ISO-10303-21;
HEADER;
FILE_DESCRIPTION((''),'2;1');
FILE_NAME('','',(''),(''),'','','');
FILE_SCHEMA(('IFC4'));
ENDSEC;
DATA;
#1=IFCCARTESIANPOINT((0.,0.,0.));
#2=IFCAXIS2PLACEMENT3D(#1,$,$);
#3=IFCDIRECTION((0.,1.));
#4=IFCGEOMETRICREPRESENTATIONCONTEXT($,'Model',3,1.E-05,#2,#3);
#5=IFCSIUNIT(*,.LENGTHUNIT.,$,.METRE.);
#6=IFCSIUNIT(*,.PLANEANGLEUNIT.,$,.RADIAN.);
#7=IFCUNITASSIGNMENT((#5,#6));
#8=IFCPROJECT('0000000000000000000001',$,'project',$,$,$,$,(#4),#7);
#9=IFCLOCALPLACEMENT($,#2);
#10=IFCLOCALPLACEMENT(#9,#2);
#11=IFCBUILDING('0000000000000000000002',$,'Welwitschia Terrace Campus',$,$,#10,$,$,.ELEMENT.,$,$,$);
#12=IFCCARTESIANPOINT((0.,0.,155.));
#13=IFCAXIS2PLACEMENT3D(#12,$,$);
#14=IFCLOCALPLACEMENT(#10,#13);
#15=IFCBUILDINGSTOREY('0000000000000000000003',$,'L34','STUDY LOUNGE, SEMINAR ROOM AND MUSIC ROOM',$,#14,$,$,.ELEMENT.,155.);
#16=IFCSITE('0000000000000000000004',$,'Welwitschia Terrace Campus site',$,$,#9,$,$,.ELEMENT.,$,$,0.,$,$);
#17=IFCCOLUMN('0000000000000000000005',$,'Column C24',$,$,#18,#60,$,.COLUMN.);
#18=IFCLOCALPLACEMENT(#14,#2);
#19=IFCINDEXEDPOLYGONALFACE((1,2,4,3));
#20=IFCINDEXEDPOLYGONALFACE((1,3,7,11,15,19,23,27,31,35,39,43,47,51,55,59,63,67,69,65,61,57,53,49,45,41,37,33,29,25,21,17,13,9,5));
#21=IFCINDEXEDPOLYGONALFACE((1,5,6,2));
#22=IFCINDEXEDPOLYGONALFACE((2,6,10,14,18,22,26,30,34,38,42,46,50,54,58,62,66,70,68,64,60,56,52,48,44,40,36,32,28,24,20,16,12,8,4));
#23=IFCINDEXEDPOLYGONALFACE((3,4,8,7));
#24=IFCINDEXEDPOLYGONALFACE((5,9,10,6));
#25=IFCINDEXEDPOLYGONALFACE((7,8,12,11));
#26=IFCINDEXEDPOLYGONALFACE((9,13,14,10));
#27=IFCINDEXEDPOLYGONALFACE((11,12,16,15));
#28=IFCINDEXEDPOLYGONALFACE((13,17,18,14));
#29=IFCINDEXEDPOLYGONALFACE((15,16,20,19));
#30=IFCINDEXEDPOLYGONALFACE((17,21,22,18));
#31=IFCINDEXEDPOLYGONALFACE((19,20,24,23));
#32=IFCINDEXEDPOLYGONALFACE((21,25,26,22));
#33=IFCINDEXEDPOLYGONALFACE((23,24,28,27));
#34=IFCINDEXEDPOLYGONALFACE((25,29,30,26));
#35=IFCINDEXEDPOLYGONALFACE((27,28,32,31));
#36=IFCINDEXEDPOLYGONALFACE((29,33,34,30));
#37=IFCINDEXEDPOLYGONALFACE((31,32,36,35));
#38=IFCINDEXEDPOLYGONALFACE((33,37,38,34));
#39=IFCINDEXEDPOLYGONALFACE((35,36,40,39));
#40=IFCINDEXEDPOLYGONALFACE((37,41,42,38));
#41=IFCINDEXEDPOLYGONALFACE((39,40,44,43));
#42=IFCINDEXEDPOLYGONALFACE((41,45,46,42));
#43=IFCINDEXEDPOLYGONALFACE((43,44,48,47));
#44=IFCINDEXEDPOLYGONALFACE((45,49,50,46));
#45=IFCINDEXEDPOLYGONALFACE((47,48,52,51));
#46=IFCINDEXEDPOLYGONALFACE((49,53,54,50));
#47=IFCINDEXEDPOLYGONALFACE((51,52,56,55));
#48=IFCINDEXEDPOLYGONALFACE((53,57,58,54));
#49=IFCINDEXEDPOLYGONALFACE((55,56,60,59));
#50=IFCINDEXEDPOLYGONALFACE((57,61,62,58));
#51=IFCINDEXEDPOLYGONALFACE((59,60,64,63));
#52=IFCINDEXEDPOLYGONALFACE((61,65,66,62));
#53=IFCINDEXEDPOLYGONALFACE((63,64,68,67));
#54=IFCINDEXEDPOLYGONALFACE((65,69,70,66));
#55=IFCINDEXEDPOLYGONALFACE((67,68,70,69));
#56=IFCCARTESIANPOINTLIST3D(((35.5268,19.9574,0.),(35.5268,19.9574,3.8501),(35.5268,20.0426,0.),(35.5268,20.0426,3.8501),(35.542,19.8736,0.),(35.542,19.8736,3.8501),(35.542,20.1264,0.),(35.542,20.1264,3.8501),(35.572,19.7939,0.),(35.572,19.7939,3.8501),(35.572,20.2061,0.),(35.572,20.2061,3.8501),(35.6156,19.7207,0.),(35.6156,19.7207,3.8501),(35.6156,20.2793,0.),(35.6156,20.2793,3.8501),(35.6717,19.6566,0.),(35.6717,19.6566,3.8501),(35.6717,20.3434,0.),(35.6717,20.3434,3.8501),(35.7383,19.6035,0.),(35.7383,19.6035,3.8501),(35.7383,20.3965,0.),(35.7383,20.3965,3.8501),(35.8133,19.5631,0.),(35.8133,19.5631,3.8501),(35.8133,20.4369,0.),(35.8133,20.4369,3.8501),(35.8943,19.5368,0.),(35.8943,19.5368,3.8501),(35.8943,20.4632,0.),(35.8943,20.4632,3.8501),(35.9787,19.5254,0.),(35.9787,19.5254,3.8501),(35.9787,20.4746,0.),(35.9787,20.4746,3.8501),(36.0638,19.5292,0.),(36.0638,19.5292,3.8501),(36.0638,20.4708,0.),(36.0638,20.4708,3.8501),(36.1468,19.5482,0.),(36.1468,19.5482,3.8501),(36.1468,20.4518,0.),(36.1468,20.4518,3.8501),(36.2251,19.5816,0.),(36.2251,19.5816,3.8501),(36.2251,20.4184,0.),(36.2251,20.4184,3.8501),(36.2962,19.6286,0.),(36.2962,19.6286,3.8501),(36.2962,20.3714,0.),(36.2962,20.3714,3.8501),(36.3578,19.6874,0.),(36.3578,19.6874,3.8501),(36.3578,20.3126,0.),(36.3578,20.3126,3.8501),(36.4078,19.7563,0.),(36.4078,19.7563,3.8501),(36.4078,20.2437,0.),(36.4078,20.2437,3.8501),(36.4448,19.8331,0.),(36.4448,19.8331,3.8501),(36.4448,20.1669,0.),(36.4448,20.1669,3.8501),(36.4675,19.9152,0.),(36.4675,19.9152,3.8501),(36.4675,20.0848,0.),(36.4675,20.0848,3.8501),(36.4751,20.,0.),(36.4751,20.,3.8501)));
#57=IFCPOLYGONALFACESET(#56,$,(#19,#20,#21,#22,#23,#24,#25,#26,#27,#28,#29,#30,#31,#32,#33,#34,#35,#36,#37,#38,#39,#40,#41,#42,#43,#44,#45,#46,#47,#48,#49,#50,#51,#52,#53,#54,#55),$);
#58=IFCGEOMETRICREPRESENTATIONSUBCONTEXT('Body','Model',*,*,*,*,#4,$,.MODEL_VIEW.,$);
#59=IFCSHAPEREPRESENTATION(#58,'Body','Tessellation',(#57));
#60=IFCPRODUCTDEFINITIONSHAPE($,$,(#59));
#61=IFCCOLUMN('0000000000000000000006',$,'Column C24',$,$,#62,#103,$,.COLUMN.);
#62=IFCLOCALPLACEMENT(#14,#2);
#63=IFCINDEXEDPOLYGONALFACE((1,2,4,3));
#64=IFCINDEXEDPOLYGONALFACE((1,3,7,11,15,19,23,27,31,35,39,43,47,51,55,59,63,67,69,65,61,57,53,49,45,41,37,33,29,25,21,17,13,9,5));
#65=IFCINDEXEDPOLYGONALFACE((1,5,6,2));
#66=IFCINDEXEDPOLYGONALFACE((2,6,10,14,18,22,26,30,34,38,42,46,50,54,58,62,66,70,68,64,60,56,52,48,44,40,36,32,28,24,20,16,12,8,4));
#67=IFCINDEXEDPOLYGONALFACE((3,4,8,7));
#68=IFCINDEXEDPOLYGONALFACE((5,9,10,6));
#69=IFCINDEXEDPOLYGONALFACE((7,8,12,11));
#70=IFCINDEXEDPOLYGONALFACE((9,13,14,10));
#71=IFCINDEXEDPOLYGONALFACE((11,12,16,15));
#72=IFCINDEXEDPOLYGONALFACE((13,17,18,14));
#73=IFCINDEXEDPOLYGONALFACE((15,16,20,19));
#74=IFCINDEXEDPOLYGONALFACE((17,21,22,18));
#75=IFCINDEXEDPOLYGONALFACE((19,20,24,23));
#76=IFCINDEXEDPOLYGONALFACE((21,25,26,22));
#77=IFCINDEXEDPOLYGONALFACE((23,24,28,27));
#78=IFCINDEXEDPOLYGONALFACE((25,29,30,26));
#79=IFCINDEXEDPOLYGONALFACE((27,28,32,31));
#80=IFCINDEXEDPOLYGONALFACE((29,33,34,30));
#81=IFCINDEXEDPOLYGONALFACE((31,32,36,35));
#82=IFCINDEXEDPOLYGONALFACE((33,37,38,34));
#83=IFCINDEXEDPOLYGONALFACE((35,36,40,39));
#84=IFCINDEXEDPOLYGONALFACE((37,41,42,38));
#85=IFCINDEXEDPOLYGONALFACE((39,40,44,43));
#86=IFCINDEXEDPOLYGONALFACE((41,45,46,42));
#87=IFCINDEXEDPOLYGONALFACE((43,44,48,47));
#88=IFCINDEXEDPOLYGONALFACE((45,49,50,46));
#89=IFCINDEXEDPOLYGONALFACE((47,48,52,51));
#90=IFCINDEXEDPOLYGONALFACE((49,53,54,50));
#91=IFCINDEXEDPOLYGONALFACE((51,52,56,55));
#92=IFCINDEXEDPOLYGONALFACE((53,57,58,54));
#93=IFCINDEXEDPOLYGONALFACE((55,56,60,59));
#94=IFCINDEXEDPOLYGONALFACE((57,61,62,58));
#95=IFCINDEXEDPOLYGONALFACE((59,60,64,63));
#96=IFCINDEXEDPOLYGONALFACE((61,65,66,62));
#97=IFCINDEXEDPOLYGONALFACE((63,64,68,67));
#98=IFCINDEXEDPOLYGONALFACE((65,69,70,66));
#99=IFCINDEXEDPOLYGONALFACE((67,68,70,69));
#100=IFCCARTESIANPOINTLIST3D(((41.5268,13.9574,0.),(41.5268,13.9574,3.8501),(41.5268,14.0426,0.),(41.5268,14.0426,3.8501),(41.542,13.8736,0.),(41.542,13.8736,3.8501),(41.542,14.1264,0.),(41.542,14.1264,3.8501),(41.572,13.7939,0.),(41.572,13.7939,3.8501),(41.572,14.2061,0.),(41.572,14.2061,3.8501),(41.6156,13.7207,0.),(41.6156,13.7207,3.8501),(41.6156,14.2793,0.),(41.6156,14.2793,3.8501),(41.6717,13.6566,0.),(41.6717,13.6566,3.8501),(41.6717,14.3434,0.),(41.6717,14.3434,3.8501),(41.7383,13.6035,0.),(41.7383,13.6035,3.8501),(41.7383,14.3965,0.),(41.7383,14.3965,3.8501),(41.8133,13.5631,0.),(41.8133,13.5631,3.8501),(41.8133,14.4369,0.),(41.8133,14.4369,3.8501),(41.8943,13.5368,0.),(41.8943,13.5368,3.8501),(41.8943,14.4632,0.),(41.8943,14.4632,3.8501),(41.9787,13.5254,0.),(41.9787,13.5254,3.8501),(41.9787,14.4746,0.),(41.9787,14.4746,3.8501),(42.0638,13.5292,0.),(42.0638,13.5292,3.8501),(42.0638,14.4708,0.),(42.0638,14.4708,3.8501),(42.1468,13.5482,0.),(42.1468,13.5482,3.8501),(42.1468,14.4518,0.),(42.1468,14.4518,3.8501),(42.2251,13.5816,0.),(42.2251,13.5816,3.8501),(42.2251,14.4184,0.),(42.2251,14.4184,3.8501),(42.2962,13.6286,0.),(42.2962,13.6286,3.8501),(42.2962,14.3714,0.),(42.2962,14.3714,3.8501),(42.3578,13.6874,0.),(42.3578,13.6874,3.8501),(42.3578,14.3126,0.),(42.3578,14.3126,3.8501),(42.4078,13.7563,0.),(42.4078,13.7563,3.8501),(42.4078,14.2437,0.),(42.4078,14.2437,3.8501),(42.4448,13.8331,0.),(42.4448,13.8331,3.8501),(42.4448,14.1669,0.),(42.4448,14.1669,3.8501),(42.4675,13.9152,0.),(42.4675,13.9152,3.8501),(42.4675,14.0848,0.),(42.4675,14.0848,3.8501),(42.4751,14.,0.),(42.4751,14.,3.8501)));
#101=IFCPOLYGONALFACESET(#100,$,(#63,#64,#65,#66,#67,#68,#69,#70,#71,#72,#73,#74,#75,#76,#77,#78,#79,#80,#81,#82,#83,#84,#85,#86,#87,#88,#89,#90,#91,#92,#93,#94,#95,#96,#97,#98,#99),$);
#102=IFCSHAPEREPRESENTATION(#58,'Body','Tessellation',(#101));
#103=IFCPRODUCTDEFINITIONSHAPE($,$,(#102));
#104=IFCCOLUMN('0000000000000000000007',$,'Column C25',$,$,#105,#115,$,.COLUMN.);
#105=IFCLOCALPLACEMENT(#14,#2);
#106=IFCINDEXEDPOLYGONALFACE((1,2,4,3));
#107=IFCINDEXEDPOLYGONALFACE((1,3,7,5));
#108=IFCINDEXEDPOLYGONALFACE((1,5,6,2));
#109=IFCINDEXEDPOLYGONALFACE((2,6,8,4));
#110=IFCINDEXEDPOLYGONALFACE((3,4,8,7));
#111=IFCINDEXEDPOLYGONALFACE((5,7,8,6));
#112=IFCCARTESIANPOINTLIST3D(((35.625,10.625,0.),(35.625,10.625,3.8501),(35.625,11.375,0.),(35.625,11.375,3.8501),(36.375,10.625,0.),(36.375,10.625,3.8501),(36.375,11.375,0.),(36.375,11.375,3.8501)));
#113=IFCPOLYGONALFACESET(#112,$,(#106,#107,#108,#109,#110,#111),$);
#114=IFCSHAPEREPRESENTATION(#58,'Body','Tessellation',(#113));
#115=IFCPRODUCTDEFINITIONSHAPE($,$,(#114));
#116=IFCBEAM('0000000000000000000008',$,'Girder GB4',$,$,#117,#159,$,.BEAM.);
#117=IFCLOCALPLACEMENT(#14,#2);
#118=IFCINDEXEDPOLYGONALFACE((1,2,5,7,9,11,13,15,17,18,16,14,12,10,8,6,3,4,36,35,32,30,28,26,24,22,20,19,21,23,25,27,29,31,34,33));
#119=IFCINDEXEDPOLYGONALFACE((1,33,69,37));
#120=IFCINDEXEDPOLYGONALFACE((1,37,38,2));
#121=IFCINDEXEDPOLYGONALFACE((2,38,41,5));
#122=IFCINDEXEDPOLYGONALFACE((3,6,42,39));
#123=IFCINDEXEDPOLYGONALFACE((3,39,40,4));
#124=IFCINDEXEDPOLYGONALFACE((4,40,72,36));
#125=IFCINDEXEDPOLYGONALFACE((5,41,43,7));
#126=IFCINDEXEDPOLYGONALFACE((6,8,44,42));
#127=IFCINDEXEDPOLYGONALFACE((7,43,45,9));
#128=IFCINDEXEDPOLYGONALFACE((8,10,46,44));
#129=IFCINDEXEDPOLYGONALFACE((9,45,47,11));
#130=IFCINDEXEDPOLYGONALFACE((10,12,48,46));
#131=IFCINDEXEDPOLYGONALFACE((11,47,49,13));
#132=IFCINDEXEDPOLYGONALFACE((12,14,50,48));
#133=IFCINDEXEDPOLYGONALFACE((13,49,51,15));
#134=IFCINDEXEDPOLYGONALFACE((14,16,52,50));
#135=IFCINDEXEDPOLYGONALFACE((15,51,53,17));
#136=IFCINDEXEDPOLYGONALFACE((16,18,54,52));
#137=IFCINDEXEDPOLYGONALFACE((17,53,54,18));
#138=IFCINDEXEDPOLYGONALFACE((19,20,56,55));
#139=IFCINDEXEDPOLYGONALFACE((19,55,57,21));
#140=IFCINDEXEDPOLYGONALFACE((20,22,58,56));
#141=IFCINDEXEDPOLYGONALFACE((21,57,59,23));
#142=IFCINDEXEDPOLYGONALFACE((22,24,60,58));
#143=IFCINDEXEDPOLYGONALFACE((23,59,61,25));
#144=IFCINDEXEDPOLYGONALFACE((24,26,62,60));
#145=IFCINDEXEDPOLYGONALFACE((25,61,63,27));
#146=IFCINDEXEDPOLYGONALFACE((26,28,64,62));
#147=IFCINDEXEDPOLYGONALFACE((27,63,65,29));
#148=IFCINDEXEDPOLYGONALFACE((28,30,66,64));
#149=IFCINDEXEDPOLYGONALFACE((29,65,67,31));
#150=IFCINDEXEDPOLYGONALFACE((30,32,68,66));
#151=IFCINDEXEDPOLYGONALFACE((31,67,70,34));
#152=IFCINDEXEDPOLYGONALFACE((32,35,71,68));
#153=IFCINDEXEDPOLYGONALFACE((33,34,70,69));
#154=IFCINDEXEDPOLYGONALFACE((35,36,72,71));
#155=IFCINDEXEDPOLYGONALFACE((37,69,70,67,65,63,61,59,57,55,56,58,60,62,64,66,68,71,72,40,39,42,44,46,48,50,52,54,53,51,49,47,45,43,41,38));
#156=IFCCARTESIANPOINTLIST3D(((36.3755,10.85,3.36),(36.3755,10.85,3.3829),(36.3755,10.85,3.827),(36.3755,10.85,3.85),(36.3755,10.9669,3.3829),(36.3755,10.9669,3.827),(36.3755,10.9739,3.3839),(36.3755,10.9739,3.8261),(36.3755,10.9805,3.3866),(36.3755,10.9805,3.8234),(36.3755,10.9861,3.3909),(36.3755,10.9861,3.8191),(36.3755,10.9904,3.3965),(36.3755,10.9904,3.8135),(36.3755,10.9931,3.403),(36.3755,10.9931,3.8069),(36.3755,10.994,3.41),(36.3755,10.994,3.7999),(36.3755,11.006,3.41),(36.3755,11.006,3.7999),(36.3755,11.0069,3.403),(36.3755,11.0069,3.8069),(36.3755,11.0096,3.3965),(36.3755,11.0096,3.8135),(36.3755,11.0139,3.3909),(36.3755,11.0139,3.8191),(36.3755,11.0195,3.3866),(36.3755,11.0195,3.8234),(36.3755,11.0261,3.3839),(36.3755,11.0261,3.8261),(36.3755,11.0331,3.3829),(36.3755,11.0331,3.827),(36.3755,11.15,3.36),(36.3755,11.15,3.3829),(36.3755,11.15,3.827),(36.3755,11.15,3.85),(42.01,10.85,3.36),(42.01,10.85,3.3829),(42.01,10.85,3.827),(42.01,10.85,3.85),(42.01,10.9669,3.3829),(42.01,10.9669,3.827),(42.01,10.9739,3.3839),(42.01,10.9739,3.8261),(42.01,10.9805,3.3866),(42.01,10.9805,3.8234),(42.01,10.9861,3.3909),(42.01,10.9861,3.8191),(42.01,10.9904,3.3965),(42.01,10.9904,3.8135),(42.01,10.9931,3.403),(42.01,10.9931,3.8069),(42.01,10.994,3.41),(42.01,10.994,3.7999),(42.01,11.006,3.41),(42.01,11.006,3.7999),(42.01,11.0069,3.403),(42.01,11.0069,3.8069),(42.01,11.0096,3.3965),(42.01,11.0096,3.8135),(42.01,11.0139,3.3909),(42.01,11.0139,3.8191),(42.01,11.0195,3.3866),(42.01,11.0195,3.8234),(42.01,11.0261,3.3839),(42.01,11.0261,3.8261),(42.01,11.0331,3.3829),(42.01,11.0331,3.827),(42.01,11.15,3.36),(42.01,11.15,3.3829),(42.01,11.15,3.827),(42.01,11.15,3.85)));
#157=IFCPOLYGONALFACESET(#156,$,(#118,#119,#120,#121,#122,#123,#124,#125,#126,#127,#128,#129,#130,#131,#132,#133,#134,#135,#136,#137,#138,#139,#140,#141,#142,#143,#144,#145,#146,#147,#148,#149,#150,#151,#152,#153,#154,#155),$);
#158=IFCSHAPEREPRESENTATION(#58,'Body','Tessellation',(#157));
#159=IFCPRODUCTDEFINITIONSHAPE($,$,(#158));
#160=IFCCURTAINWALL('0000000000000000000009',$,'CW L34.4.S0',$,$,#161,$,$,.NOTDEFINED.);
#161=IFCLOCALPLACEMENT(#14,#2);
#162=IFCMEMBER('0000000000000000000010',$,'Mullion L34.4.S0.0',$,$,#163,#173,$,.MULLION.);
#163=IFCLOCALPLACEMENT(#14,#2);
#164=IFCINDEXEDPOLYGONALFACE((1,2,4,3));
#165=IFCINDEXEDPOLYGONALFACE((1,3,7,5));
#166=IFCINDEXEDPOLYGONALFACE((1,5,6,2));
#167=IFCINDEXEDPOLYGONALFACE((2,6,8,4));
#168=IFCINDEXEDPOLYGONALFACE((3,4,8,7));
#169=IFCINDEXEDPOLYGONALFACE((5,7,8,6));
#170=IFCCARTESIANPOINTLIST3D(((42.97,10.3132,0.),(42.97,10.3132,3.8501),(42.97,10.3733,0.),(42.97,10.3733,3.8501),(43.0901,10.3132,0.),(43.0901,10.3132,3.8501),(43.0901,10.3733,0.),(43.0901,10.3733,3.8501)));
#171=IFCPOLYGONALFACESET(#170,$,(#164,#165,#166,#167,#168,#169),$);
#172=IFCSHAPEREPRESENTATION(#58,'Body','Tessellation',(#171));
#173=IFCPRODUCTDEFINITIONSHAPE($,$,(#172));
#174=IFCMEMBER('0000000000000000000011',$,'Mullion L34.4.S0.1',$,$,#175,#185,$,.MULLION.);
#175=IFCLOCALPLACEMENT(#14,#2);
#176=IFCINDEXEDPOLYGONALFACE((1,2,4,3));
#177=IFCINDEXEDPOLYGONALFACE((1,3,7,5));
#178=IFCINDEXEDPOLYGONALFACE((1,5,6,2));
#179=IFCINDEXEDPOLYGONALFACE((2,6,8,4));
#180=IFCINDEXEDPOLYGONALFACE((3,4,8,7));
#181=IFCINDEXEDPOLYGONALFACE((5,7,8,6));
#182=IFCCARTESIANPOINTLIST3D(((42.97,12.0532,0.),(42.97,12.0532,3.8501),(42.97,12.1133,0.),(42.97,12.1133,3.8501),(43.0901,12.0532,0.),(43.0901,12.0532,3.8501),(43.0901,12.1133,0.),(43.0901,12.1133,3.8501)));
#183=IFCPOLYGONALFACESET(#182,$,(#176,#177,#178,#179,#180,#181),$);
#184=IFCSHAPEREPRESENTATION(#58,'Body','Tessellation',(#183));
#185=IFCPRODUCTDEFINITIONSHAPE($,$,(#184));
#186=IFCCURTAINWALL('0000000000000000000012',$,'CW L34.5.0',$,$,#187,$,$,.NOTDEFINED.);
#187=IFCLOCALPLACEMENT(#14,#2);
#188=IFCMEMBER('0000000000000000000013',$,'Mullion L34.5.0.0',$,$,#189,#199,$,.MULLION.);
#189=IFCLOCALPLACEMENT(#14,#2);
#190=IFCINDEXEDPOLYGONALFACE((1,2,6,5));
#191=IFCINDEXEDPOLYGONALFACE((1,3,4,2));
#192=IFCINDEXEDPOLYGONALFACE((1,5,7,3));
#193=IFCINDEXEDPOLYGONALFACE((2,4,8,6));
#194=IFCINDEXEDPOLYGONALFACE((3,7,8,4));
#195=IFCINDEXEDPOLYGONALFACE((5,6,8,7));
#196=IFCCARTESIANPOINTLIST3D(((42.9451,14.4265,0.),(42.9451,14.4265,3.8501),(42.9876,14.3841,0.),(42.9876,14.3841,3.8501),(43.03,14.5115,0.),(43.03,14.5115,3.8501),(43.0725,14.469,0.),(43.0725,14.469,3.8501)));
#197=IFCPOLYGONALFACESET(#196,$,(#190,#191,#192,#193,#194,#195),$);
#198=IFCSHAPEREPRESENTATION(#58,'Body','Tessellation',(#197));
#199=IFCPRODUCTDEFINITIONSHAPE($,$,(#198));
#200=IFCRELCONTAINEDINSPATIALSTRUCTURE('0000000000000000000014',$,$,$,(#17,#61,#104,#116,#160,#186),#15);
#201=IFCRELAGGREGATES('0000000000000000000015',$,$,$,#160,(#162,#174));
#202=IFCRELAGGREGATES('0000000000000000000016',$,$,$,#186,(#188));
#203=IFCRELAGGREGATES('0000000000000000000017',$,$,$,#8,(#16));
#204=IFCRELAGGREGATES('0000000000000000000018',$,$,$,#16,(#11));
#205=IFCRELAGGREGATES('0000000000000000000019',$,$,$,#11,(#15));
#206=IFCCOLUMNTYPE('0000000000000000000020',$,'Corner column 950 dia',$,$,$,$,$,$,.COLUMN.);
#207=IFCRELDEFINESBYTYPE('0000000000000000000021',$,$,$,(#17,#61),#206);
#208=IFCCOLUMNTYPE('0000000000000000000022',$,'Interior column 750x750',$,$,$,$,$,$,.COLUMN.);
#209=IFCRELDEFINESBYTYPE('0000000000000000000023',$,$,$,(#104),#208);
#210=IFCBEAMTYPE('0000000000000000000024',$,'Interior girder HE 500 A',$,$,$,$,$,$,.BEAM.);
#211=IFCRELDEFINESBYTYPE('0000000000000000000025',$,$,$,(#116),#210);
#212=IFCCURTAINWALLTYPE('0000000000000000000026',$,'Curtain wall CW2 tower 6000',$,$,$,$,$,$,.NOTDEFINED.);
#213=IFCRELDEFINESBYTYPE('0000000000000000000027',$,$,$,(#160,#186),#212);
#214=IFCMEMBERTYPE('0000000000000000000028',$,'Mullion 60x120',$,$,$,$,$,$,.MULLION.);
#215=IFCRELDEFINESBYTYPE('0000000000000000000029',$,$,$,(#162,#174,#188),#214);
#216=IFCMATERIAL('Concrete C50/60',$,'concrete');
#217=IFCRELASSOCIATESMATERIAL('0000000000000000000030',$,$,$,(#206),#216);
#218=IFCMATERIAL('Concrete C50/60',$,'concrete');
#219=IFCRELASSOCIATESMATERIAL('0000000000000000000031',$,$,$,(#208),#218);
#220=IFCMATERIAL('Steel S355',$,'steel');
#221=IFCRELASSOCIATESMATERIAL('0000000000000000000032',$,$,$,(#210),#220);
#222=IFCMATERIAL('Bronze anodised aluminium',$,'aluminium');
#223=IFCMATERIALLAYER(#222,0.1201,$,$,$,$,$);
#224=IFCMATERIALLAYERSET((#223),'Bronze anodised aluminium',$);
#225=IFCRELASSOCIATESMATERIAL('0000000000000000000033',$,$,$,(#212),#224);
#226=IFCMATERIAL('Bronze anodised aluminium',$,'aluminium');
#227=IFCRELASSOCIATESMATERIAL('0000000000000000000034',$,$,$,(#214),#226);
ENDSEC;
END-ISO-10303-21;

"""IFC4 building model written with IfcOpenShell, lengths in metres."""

from ifc_helpers import new_model, si_unit, direction, frame, origin, origin_2d, place, context, subcontext, project, spatial, rectangle, circle, i_section, extrude, material, layer, layer_set, material_profile, profile_set, type_object, element, aggregate, save


model = new_model("IFC4")

# Units and contexts
model_context = context("Model", 3, precision=1e-05, world=origin(), true_north=direction((0.0, 1.0)))
body_context = subcontext(model_context, "Body", "Model", "MODEL_VIEW")
ifc_project = project(units=[si_unit("LENGTHUNIT", "METRE"), si_unit("PLANEANGLEUNIT", "RADIAN")], contexts=[model_context])

# Site, building, storey
site_placement = place(None, origin())
site = spatial("IfcSite", under=ifc_project, at=site_placement, Name="Welwitschia Terrace Campus site", CompositionType="ELEMENT", RefElevation=0.0)
building_placement = place(site_placement, origin())
building = spatial("IfcBuilding", under=site, at=building_placement, Name="Welwitschia Terrace Campus", CompositionType="ELEMENT")
storey_placement = place(building_placement, frame((0.0, 0.0, 155.0)))
storey = spatial("IfcBuildingStorey", under=building, at=storey_placement, Name="L34", Description="STUDY LOUNGE, SEMINAR ROOM AND MUSIC ROOM", CompositionType="ELEMENT", Elevation=155.0)

# Columns
ifc_material_1 = material(Name="Concrete C50/60", Category="concrete")
ifc_material_profile_1 = material_profile(ifc_material_1, circle(Radius=0.4751, at=origin_2d()))
ifc_profile_set_1 = profile_set([ifc_material_profile_1], Name="Concrete C50/60")
column_type_1 = type_object("IfcColumnType", Name="Corner column 950 dia", PredefinedType="COLUMN", material=ifc_profile_set_1)
for number, where, z_axis, x_axis, name in (
    (1, (36.0, 20.0, 0.0), (0.0, 0.0, 1.0), (1.0, 0.0, 0.0), "Column C24"),
    (2, (42.0, 14.0, 0.0), (0.0, 0.0, 1.0), (1.0, 0.0, 0.0), "Column C24"),
):
    element("IfcColumn", number, at=place(storey_placement, frame(where, z_axis=z_axis, x_axis=x_axis)), inside=storey, type_object=column_type_1, Name=name, PredefinedType="COLUMN", context=body_context, shape_type="SweptSolid", body=[
        extrude(circle(Radius=0.4751, at=origin_2d()), origin(), (0.0, 0.0, 1.0), 3.8501),
    ])
ifc_material_2 = material(Name="Concrete C50/60", Category="concrete")
ifc_material_profile_2 = material_profile(ifc_material_2, rectangle(XDim=0.75, YDim=0.75, at=origin_2d()))
ifc_profile_set_2 = profile_set([ifc_material_profile_2], Name="Concrete C50/60")
column_type_2 = type_object("IfcColumnType", Name="Interior column 750x750", PredefinedType="COLUMN", material=ifc_profile_set_2)
column_placement = place(storey_placement, frame((36.0, 11.0, 0.0), z_axis=(0.0, 0.0, 1.0), x_axis=(1.0, 0.0, 0.0)))
element("IfcColumn", 3, at=column_placement, inside=storey, type_object=column_type_2, Name="Column C25", PredefinedType="COLUMN", context=body_context, shape_type="SweptSolid", body=[
    extrude(rectangle(XDim=0.75, YDim=0.75, at=origin_2d()), origin(), (0.0, 0.0, 1.0), 3.8501),
])

# Beam
ifc_material_3 = material(Name="Steel S355", Category="steel")
ifc_material_profile_3 = material_profile(ifc_material_3, i_section(OverallWidth=0.3, OverallDepth=0.49, WebThickness=0.012, FlangeThickness=0.0229, FilletRadius=0.0271, at=origin_2d()))
ifc_profile_set_3 = profile_set([ifc_material_profile_3], Name="Steel S355")
beam_type_1 = type_object("IfcBeamType", Name="Interior girder HE 500 A", PredefinedType="BEAM", material=ifc_profile_set_3)
beam_1_placement = place(storey_placement, frame((36.3755, 11.0, 3.605), z_axis=(1.0, 0.0, 0.0), x_axis=(0.0, 1.0, 0.0)))
element("IfcBeam", 4, at=beam_1_placement, inside=storey, type_object=beam_type_1, Name="Girder GB4", PredefinedType="BEAM", context=body_context, shape_type="SweptSolid", body=[
    extrude(i_section(OverallWidth=0.3, OverallDepth=0.49, WebThickness=0.012, FlangeThickness=0.0229, FilletRadius=0.0271, at=origin_2d()), origin(), (0.0, 0.0, 1.0), 5.6345),
])

# Curtain walls, members
ifc_material_4 = material(Name="Bronze anodised aluminium", Category="aluminium")
ifc_layer_1 = layer(ifc_material_4, 0.1201)
ifc_layer_set_1 = layer_set([ifc_layer_1], Name="Bronze anodised aluminium")
curtain_wall_type = type_object("IfcCurtainWallType", Name="Curtain wall CW2 tower 6000", PredefinedType="NOTDEFINED", material=ifc_layer_set_1)
curtain_wall_1_placement = place(storey_placement, origin())
curtain_wall_1 = element("IfcCurtainWall", 5, at=curtain_wall_1_placement, inside=storey, type_object=curtain_wall_type, Name="CW L34.4.S0", PredefinedType="NOTDEFINED")
ifc_material_5 = material(Name="Bronze anodised aluminium", Category="aluminium")
ifc_material_profile_4 = material_profile(ifc_material_5, rectangle(XDim=0.1201, YDim=0.0601, at=origin_2d()))
ifc_profile_set_4 = profile_set([ifc_material_profile_4], Name="Bronze anodised aluminium")
member_type_1 = type_object("IfcMemberType", Name="Mullion 60x120", PredefinedType="MULLION", material=ifc_profile_set_4)
member_1_placement = place(storey_placement, frame((43.03, 10.3433, 0.0), z_axis=(0.0, 0.0, 1.0), x_axis=(-1.0, 0.0, 0.0)))
member_1 = element("IfcMember", 6, at=member_1_placement, type_object=member_type_1, Name="Mullion L34.4.S0.0", PredefinedType="MULLION", context=body_context, shape_type="SweptSolid", body=[
    extrude(rectangle(XDim=0.1201, YDim=0.0601, at=origin_2d()), origin(), (0.0, 0.0, 1.0), 3.8501),
])
member_2_placement = place(storey_placement, frame((43.03, 12.0833, 0.0), z_axis=(0.0, 0.0, 1.0), x_axis=(-1.0, 0.0, 0.0)))
member_2 = element("IfcMember", 7, at=member_2_placement, type_object=member_type_1, Name="Mullion L34.4.S0.1", PredefinedType="MULLION", context=body_context, shape_type="SweptSolid", body=[
    extrude(rectangle(XDim=0.1201, YDim=0.0601, at=origin_2d()), origin(), (0.0, 0.0, 1.0), 3.8501),
])
curtain_wall_2_placement = place(storey_placement, origin())
curtain_wall_2 = element("IfcCurtainWall", 8, at=curtain_wall_2_placement, inside=storey, type_object=curtain_wall_type, Name="CW L34.5.0", PredefinedType="NOTDEFINED")
member_3_placement = place(storey_placement, frame((43.0088, 14.4478, 0.0), z_axis=(0.0, 0.0, 1.0), x_axis=(-0.707107, -0.707107, 0.0)))
member_3 = element("IfcMember", 9, at=member_3_placement, type_object=member_type_1, Name="Mullion L34.5.0.0", PredefinedType="MULLION", context=body_context, shape_type="SweptSolid", body=[
    extrude(rectangle(XDim=0.1201, YDim=0.0601, at=origin_2d()), origin(), (0.0, 0.0, 1.0), 3.8501),
])

aggregate(curtain_wall_1, [member_1, member_2])
aggregate(curtain_wall_2, [member_3])

save(model, "model.ifc")
